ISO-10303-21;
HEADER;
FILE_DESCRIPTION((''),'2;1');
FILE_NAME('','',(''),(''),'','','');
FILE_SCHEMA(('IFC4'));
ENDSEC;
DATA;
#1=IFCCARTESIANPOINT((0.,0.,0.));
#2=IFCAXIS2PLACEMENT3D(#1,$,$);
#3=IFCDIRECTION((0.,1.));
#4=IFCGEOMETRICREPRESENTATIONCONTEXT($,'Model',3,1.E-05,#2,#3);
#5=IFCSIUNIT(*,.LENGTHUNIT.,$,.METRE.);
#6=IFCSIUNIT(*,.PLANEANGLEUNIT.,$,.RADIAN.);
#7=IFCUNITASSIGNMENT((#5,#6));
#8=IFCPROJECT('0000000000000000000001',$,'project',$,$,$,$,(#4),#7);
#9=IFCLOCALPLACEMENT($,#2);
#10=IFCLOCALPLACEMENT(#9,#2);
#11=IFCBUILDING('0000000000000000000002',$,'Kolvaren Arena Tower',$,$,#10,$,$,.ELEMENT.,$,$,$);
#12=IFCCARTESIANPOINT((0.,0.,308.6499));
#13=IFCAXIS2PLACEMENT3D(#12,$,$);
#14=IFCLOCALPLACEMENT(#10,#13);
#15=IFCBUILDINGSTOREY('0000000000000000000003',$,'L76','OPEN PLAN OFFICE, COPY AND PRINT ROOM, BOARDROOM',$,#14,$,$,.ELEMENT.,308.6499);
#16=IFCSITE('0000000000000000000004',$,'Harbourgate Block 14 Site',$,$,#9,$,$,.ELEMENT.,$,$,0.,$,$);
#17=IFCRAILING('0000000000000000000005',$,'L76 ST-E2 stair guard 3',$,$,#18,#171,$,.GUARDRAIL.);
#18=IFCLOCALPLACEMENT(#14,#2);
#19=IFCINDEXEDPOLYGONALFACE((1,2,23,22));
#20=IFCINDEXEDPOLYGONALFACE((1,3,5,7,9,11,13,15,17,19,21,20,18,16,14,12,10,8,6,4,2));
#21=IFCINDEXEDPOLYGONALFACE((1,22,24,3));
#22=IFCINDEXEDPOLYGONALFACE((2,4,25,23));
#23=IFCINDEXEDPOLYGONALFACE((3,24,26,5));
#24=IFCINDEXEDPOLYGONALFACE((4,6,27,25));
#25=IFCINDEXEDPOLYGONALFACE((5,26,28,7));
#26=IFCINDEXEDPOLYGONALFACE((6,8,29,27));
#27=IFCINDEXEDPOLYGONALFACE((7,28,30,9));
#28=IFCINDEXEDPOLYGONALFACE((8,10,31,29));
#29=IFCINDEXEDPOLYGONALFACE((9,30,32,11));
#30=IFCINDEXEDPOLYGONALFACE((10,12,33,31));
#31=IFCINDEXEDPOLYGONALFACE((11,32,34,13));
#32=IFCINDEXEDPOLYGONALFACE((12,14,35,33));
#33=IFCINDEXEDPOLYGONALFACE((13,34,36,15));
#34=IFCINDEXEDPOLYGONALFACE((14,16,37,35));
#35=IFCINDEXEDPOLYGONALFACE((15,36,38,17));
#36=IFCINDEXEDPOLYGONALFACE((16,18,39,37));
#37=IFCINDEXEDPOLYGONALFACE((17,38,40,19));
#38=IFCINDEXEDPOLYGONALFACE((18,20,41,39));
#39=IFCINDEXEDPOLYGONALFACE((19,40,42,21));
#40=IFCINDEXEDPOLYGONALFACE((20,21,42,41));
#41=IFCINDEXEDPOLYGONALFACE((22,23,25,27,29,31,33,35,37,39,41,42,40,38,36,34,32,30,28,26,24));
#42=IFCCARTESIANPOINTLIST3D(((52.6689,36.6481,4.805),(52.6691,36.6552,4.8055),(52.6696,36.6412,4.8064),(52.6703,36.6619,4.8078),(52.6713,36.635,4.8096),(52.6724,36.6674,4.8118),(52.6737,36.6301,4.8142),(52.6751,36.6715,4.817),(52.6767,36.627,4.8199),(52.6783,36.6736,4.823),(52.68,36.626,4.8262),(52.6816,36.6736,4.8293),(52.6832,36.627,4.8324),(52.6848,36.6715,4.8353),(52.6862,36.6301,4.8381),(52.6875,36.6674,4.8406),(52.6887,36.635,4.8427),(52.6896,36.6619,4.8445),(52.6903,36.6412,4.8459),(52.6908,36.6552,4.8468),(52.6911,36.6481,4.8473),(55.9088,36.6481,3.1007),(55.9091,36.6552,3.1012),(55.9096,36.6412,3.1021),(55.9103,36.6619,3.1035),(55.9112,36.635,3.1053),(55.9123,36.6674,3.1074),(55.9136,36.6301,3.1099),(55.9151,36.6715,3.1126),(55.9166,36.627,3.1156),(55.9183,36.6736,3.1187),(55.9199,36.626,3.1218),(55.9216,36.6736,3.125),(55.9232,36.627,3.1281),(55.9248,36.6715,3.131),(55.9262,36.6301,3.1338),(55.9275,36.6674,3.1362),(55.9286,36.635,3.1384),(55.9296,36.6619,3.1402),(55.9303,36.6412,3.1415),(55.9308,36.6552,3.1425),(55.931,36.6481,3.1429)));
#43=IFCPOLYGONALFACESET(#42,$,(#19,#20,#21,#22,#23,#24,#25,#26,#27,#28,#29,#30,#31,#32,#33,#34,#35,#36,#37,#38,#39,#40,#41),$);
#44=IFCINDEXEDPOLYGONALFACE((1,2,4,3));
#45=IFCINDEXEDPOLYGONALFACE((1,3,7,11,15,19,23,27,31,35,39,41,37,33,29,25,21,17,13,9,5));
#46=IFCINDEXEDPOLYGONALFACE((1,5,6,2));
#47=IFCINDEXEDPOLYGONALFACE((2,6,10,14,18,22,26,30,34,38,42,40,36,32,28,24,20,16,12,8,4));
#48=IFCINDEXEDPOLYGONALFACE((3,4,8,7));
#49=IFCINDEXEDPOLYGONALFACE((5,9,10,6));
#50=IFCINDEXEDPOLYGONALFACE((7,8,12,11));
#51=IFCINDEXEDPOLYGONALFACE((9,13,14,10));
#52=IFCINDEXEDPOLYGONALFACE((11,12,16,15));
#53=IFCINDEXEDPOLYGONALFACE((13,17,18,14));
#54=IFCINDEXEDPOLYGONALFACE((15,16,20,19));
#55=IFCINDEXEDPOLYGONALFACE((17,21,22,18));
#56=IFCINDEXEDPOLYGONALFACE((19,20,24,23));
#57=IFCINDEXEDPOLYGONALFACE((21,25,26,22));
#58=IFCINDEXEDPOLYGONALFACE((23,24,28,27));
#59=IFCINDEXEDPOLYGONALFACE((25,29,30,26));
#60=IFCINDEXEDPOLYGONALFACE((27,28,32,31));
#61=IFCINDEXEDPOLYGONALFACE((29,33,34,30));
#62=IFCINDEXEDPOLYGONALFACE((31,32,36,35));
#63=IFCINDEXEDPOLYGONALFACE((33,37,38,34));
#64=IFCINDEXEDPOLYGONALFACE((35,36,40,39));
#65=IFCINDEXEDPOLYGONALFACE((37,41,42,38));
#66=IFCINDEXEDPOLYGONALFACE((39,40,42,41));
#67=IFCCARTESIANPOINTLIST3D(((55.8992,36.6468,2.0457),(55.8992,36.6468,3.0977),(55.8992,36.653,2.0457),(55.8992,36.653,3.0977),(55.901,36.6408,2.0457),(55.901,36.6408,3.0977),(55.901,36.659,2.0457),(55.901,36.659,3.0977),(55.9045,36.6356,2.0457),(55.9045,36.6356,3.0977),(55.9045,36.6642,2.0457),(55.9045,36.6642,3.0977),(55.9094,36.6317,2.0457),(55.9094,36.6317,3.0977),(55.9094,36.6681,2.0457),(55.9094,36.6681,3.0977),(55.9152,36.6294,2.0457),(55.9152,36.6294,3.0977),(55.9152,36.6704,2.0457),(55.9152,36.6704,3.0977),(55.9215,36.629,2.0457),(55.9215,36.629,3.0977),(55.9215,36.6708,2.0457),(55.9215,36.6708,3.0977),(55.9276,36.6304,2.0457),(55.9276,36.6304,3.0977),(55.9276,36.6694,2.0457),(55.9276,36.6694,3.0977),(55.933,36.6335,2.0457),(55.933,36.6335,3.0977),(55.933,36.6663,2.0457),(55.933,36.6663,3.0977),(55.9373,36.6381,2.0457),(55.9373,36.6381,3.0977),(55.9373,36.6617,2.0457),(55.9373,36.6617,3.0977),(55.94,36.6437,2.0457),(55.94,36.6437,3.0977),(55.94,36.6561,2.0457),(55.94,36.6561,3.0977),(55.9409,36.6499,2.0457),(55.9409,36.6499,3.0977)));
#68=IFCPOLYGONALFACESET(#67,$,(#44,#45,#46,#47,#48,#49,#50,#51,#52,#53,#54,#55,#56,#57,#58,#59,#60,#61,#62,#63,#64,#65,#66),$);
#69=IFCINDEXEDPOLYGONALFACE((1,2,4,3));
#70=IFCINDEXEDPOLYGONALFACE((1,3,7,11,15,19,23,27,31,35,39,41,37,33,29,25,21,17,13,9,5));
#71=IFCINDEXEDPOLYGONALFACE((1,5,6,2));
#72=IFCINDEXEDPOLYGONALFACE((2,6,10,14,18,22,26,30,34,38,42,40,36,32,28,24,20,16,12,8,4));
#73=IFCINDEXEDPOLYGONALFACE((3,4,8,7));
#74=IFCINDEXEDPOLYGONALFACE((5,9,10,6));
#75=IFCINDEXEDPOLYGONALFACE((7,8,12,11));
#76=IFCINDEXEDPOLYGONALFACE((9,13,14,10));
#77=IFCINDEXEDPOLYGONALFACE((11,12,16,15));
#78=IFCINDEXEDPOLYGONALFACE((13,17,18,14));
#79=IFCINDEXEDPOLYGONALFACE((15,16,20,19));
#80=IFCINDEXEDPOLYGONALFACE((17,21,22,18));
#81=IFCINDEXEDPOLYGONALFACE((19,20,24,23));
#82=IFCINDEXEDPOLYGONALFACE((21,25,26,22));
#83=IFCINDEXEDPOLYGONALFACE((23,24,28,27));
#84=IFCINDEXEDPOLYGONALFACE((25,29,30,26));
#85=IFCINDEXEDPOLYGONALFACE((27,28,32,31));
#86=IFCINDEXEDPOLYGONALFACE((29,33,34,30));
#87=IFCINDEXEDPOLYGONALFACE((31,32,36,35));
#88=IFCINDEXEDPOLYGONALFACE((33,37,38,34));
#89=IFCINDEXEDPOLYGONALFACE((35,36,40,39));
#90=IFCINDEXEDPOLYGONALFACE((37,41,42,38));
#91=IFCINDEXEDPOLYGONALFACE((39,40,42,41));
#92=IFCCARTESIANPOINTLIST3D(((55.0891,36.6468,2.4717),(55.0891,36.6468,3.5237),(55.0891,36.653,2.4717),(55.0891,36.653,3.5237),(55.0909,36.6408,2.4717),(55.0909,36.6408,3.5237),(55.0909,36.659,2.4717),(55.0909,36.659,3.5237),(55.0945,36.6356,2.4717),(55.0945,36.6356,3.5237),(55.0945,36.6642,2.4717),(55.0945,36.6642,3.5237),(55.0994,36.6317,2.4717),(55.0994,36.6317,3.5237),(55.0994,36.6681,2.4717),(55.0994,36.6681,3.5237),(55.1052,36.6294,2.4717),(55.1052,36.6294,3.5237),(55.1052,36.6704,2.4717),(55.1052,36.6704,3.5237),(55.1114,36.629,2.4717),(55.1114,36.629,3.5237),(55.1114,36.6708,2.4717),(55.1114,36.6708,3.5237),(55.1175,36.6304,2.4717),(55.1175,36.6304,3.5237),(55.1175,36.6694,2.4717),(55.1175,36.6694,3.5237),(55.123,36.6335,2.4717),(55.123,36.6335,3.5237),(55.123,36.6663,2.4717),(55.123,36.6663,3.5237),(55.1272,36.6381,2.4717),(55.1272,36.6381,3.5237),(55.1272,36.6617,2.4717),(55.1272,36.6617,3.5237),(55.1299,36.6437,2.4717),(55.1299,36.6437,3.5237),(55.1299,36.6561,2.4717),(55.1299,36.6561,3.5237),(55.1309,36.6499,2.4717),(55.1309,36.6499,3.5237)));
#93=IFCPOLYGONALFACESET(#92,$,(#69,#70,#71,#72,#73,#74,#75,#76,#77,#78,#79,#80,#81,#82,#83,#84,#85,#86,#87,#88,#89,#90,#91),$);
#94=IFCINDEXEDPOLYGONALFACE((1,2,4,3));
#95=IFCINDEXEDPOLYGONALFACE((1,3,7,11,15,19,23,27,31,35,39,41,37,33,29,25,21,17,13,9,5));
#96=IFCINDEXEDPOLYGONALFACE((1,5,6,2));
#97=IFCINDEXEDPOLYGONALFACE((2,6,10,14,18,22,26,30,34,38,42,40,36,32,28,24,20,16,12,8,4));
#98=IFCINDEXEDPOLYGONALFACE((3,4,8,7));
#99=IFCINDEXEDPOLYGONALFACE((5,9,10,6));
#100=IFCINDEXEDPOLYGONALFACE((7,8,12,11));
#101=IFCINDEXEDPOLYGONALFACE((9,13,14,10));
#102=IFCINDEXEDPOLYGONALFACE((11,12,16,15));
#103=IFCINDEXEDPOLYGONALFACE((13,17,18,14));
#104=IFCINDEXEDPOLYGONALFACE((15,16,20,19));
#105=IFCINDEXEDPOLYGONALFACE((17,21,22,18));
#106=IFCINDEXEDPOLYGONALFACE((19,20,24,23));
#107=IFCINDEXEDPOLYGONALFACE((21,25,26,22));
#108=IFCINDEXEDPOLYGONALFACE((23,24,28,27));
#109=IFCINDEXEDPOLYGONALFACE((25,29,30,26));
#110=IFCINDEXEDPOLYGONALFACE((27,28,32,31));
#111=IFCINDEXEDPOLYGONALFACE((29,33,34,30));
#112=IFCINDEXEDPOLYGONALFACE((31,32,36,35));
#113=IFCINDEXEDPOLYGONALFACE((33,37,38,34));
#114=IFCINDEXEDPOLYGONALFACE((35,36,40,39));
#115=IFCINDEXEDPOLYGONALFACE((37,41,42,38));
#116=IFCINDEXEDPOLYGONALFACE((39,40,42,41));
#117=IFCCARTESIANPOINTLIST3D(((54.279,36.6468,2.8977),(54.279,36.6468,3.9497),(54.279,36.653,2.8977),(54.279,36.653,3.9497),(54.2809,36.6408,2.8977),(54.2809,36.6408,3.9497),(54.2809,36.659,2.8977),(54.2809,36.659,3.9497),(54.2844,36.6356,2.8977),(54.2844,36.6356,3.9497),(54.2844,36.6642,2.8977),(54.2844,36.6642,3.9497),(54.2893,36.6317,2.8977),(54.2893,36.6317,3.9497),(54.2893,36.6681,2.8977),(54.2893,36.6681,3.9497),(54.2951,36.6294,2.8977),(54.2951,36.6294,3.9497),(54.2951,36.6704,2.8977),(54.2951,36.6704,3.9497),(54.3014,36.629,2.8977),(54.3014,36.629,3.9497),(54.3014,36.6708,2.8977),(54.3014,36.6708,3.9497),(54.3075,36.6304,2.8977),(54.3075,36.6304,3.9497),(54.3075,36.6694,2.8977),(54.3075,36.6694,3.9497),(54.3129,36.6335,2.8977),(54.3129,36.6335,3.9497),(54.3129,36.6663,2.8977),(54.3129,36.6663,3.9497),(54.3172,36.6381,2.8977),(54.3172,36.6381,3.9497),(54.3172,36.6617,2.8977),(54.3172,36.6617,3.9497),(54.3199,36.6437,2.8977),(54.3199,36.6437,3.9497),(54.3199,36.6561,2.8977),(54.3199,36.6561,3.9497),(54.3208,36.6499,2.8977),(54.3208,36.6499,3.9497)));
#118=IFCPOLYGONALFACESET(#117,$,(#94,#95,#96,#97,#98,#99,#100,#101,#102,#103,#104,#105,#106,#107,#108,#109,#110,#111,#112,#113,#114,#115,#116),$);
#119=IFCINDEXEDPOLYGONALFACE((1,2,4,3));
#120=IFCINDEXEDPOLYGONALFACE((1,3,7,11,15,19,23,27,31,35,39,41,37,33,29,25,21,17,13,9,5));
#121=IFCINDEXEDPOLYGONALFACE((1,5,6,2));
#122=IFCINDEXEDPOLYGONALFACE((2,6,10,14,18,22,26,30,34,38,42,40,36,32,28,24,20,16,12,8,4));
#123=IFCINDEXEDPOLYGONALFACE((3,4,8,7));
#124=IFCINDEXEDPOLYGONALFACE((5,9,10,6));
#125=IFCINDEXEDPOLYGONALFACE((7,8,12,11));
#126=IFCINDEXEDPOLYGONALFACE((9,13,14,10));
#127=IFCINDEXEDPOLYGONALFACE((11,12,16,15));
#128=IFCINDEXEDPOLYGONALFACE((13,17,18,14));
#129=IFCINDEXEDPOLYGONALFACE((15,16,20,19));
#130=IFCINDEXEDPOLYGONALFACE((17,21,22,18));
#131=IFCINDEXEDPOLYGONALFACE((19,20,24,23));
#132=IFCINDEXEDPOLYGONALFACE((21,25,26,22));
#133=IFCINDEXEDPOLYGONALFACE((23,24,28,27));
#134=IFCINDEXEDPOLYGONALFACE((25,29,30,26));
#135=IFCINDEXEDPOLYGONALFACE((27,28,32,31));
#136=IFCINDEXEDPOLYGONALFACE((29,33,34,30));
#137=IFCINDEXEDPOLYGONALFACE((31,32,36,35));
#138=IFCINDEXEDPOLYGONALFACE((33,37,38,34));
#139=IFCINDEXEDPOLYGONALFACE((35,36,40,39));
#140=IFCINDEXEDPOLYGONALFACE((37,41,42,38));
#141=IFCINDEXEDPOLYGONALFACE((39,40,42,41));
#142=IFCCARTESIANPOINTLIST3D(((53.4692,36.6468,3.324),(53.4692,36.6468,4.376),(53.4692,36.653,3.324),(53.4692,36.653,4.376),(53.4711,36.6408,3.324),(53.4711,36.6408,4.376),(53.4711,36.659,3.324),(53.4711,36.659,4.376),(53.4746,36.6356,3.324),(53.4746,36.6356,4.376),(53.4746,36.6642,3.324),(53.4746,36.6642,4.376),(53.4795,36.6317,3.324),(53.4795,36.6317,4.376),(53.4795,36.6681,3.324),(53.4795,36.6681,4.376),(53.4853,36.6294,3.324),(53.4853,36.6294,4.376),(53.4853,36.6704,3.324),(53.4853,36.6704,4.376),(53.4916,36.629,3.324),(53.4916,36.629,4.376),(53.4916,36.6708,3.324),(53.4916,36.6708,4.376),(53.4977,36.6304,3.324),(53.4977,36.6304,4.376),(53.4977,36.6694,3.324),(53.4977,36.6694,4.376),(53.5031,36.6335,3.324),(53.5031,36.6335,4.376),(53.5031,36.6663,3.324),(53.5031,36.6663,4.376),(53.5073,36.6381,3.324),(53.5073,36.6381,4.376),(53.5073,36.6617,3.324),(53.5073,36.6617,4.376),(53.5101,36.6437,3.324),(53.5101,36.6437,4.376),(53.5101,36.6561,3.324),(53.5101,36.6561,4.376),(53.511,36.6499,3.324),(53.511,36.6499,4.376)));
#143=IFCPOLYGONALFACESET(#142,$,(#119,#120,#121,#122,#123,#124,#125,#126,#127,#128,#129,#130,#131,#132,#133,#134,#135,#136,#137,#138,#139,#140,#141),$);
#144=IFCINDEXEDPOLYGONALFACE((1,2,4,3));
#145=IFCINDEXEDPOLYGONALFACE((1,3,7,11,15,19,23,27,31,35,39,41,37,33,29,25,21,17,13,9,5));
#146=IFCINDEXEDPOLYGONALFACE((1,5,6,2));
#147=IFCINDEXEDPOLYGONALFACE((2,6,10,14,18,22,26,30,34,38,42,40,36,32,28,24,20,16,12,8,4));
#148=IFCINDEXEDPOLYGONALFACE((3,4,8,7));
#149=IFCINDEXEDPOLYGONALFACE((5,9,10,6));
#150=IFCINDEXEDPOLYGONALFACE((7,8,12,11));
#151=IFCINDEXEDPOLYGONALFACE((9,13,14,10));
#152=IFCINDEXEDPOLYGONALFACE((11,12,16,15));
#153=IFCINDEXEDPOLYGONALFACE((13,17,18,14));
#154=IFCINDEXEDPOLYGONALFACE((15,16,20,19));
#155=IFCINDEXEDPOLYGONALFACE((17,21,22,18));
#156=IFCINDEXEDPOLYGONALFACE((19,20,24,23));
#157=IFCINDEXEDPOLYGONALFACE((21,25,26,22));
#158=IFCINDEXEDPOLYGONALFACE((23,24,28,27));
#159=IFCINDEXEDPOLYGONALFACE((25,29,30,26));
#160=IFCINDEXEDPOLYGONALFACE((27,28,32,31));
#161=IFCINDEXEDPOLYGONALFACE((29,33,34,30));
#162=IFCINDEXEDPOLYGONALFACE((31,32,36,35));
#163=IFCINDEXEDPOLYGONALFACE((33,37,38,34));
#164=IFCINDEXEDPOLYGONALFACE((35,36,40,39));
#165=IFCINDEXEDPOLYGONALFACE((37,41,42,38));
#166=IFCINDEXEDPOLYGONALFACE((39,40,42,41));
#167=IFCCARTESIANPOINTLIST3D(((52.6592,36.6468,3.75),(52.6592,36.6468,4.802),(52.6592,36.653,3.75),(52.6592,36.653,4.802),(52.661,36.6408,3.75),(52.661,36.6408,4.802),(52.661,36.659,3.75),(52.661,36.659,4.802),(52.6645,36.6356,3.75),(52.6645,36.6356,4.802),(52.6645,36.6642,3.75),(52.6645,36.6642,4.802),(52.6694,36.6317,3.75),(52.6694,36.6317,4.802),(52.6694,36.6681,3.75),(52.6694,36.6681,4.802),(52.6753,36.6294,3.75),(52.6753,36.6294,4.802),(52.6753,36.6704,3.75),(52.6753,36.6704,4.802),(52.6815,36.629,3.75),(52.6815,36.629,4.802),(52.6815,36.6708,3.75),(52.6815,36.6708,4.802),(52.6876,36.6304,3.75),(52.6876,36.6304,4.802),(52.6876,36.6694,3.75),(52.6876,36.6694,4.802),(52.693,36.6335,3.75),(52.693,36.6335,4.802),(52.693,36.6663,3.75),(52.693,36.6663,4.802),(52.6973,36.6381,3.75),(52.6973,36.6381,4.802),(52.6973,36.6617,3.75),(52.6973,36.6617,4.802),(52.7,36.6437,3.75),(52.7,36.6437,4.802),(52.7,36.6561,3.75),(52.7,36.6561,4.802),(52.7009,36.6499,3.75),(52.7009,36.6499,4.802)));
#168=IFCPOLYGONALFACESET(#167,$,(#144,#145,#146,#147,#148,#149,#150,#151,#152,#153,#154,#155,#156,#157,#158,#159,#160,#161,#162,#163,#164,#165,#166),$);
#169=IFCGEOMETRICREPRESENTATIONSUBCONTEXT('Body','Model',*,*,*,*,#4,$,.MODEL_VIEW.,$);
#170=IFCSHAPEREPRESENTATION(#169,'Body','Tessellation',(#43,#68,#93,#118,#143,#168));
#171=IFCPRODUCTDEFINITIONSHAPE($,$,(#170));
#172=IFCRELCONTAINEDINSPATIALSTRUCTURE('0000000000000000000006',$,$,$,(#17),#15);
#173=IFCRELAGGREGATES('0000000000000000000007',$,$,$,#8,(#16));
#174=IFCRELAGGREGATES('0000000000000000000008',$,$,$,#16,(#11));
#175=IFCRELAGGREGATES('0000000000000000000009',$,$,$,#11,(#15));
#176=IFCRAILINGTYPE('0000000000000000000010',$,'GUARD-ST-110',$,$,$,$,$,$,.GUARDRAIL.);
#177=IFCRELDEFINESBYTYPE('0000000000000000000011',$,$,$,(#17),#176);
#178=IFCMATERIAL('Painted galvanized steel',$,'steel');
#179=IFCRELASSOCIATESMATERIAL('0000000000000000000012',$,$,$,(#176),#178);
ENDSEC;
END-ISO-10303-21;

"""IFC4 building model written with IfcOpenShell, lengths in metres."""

from ifc_helpers import new_model, si_unit, direction, frame, origin, origin_2d, place, context, subcontext, project, spatial, circle, extrude, material, type_object, element, save


model = new_model("IFC4")

# Units and contexts
model_context = context("Model", 3, precision=1e-05, world=origin(), true_north=direction((0.0, 1.0)))
body_context = subcontext(model_context, "Body", "Model", "MODEL_VIEW")
ifc_project = project(units=[si_unit("LENGTHUNIT", "METRE"), si_unit("PLANEANGLEUNIT", "RADIAN")], contexts=[model_context])

# Site, building, storey
site_placement = place(None, origin())
site = spatial("IfcSite", under=ifc_project, at=site_placement, Name="Harbourgate Block 14 Site", CompositionType="ELEMENT", RefElevation=0.0)
building_placement = place(site_placement, origin())
building = spatial("IfcBuilding", under=site, at=building_placement, Name="Kolvaren Arena Tower", CompositionType="ELEMENT")
storey_placement = place(building_placement, frame((0.0, 0.0, 308.6499)))
storey = spatial("IfcBuildingStorey", under=building, at=storey_placement, Name="L76", Description="OPEN PLAN OFFICE, COPY AND PRINT ROOM, BOARDROOM", CompositionType="ELEMENT", Elevation=308.6499)

# Railing
ifc_material_1 = material(Name="Painted galvanized steel", Category="steel")
railing_type_1 = type_object("IfcRailingType", Name="GUARD-ST-110", PredefinedType="GUARDRAIL", material=ifc_material_1)
railing_1_placement = place(storey_placement, frame((55.9199, 36.6499, 2.0457)))
element("IfcRailing", 1, at=railing_1_placement, inside=storey, type_object=railing_type_1, Name="L76 ST-E2 stair guard 3", PredefinedType="GUARDRAIL", context=body_context, shape_type="SweptSolid", body=[
    extrude(circle(Radius=0.0239, at=origin_2d()), frame((0.0, 0.0, 1.0762), z_axis=(-0.885021, 0.0, 0.465551), x_axis=(0.0, -1.0, 0.0)), (0.0, 0.0, 1.0), 3.6609),
    extrude(circle(Radius=0.021, at=origin_2d()), origin(), (0.0, 0.0, 1.0), 1.052),
    extrude(circle(Radius=0.021, at=origin_2d()), frame((-0.8101, 0.0, 0.426)), (0.0, 0.0, 1.0), 1.052),
    extrude(circle(Radius=0.021, at=origin_2d()), frame((-1.6201, 0.0, 0.8521)), (0.0, 0.0, 1.0), 1.052),
    extrude(circle(Radius=0.021, at=origin_2d()), frame((-2.4299, 0.0, 1.2783)), (0.0, 0.0, 1.0), 1.052),
    extrude(circle(Radius=0.021, at=origin_2d()), frame((-3.24, 0.0, 1.7043)), (0.0, 0.0, 1.0), 1.052),
])

save(model, "model.ifc")
